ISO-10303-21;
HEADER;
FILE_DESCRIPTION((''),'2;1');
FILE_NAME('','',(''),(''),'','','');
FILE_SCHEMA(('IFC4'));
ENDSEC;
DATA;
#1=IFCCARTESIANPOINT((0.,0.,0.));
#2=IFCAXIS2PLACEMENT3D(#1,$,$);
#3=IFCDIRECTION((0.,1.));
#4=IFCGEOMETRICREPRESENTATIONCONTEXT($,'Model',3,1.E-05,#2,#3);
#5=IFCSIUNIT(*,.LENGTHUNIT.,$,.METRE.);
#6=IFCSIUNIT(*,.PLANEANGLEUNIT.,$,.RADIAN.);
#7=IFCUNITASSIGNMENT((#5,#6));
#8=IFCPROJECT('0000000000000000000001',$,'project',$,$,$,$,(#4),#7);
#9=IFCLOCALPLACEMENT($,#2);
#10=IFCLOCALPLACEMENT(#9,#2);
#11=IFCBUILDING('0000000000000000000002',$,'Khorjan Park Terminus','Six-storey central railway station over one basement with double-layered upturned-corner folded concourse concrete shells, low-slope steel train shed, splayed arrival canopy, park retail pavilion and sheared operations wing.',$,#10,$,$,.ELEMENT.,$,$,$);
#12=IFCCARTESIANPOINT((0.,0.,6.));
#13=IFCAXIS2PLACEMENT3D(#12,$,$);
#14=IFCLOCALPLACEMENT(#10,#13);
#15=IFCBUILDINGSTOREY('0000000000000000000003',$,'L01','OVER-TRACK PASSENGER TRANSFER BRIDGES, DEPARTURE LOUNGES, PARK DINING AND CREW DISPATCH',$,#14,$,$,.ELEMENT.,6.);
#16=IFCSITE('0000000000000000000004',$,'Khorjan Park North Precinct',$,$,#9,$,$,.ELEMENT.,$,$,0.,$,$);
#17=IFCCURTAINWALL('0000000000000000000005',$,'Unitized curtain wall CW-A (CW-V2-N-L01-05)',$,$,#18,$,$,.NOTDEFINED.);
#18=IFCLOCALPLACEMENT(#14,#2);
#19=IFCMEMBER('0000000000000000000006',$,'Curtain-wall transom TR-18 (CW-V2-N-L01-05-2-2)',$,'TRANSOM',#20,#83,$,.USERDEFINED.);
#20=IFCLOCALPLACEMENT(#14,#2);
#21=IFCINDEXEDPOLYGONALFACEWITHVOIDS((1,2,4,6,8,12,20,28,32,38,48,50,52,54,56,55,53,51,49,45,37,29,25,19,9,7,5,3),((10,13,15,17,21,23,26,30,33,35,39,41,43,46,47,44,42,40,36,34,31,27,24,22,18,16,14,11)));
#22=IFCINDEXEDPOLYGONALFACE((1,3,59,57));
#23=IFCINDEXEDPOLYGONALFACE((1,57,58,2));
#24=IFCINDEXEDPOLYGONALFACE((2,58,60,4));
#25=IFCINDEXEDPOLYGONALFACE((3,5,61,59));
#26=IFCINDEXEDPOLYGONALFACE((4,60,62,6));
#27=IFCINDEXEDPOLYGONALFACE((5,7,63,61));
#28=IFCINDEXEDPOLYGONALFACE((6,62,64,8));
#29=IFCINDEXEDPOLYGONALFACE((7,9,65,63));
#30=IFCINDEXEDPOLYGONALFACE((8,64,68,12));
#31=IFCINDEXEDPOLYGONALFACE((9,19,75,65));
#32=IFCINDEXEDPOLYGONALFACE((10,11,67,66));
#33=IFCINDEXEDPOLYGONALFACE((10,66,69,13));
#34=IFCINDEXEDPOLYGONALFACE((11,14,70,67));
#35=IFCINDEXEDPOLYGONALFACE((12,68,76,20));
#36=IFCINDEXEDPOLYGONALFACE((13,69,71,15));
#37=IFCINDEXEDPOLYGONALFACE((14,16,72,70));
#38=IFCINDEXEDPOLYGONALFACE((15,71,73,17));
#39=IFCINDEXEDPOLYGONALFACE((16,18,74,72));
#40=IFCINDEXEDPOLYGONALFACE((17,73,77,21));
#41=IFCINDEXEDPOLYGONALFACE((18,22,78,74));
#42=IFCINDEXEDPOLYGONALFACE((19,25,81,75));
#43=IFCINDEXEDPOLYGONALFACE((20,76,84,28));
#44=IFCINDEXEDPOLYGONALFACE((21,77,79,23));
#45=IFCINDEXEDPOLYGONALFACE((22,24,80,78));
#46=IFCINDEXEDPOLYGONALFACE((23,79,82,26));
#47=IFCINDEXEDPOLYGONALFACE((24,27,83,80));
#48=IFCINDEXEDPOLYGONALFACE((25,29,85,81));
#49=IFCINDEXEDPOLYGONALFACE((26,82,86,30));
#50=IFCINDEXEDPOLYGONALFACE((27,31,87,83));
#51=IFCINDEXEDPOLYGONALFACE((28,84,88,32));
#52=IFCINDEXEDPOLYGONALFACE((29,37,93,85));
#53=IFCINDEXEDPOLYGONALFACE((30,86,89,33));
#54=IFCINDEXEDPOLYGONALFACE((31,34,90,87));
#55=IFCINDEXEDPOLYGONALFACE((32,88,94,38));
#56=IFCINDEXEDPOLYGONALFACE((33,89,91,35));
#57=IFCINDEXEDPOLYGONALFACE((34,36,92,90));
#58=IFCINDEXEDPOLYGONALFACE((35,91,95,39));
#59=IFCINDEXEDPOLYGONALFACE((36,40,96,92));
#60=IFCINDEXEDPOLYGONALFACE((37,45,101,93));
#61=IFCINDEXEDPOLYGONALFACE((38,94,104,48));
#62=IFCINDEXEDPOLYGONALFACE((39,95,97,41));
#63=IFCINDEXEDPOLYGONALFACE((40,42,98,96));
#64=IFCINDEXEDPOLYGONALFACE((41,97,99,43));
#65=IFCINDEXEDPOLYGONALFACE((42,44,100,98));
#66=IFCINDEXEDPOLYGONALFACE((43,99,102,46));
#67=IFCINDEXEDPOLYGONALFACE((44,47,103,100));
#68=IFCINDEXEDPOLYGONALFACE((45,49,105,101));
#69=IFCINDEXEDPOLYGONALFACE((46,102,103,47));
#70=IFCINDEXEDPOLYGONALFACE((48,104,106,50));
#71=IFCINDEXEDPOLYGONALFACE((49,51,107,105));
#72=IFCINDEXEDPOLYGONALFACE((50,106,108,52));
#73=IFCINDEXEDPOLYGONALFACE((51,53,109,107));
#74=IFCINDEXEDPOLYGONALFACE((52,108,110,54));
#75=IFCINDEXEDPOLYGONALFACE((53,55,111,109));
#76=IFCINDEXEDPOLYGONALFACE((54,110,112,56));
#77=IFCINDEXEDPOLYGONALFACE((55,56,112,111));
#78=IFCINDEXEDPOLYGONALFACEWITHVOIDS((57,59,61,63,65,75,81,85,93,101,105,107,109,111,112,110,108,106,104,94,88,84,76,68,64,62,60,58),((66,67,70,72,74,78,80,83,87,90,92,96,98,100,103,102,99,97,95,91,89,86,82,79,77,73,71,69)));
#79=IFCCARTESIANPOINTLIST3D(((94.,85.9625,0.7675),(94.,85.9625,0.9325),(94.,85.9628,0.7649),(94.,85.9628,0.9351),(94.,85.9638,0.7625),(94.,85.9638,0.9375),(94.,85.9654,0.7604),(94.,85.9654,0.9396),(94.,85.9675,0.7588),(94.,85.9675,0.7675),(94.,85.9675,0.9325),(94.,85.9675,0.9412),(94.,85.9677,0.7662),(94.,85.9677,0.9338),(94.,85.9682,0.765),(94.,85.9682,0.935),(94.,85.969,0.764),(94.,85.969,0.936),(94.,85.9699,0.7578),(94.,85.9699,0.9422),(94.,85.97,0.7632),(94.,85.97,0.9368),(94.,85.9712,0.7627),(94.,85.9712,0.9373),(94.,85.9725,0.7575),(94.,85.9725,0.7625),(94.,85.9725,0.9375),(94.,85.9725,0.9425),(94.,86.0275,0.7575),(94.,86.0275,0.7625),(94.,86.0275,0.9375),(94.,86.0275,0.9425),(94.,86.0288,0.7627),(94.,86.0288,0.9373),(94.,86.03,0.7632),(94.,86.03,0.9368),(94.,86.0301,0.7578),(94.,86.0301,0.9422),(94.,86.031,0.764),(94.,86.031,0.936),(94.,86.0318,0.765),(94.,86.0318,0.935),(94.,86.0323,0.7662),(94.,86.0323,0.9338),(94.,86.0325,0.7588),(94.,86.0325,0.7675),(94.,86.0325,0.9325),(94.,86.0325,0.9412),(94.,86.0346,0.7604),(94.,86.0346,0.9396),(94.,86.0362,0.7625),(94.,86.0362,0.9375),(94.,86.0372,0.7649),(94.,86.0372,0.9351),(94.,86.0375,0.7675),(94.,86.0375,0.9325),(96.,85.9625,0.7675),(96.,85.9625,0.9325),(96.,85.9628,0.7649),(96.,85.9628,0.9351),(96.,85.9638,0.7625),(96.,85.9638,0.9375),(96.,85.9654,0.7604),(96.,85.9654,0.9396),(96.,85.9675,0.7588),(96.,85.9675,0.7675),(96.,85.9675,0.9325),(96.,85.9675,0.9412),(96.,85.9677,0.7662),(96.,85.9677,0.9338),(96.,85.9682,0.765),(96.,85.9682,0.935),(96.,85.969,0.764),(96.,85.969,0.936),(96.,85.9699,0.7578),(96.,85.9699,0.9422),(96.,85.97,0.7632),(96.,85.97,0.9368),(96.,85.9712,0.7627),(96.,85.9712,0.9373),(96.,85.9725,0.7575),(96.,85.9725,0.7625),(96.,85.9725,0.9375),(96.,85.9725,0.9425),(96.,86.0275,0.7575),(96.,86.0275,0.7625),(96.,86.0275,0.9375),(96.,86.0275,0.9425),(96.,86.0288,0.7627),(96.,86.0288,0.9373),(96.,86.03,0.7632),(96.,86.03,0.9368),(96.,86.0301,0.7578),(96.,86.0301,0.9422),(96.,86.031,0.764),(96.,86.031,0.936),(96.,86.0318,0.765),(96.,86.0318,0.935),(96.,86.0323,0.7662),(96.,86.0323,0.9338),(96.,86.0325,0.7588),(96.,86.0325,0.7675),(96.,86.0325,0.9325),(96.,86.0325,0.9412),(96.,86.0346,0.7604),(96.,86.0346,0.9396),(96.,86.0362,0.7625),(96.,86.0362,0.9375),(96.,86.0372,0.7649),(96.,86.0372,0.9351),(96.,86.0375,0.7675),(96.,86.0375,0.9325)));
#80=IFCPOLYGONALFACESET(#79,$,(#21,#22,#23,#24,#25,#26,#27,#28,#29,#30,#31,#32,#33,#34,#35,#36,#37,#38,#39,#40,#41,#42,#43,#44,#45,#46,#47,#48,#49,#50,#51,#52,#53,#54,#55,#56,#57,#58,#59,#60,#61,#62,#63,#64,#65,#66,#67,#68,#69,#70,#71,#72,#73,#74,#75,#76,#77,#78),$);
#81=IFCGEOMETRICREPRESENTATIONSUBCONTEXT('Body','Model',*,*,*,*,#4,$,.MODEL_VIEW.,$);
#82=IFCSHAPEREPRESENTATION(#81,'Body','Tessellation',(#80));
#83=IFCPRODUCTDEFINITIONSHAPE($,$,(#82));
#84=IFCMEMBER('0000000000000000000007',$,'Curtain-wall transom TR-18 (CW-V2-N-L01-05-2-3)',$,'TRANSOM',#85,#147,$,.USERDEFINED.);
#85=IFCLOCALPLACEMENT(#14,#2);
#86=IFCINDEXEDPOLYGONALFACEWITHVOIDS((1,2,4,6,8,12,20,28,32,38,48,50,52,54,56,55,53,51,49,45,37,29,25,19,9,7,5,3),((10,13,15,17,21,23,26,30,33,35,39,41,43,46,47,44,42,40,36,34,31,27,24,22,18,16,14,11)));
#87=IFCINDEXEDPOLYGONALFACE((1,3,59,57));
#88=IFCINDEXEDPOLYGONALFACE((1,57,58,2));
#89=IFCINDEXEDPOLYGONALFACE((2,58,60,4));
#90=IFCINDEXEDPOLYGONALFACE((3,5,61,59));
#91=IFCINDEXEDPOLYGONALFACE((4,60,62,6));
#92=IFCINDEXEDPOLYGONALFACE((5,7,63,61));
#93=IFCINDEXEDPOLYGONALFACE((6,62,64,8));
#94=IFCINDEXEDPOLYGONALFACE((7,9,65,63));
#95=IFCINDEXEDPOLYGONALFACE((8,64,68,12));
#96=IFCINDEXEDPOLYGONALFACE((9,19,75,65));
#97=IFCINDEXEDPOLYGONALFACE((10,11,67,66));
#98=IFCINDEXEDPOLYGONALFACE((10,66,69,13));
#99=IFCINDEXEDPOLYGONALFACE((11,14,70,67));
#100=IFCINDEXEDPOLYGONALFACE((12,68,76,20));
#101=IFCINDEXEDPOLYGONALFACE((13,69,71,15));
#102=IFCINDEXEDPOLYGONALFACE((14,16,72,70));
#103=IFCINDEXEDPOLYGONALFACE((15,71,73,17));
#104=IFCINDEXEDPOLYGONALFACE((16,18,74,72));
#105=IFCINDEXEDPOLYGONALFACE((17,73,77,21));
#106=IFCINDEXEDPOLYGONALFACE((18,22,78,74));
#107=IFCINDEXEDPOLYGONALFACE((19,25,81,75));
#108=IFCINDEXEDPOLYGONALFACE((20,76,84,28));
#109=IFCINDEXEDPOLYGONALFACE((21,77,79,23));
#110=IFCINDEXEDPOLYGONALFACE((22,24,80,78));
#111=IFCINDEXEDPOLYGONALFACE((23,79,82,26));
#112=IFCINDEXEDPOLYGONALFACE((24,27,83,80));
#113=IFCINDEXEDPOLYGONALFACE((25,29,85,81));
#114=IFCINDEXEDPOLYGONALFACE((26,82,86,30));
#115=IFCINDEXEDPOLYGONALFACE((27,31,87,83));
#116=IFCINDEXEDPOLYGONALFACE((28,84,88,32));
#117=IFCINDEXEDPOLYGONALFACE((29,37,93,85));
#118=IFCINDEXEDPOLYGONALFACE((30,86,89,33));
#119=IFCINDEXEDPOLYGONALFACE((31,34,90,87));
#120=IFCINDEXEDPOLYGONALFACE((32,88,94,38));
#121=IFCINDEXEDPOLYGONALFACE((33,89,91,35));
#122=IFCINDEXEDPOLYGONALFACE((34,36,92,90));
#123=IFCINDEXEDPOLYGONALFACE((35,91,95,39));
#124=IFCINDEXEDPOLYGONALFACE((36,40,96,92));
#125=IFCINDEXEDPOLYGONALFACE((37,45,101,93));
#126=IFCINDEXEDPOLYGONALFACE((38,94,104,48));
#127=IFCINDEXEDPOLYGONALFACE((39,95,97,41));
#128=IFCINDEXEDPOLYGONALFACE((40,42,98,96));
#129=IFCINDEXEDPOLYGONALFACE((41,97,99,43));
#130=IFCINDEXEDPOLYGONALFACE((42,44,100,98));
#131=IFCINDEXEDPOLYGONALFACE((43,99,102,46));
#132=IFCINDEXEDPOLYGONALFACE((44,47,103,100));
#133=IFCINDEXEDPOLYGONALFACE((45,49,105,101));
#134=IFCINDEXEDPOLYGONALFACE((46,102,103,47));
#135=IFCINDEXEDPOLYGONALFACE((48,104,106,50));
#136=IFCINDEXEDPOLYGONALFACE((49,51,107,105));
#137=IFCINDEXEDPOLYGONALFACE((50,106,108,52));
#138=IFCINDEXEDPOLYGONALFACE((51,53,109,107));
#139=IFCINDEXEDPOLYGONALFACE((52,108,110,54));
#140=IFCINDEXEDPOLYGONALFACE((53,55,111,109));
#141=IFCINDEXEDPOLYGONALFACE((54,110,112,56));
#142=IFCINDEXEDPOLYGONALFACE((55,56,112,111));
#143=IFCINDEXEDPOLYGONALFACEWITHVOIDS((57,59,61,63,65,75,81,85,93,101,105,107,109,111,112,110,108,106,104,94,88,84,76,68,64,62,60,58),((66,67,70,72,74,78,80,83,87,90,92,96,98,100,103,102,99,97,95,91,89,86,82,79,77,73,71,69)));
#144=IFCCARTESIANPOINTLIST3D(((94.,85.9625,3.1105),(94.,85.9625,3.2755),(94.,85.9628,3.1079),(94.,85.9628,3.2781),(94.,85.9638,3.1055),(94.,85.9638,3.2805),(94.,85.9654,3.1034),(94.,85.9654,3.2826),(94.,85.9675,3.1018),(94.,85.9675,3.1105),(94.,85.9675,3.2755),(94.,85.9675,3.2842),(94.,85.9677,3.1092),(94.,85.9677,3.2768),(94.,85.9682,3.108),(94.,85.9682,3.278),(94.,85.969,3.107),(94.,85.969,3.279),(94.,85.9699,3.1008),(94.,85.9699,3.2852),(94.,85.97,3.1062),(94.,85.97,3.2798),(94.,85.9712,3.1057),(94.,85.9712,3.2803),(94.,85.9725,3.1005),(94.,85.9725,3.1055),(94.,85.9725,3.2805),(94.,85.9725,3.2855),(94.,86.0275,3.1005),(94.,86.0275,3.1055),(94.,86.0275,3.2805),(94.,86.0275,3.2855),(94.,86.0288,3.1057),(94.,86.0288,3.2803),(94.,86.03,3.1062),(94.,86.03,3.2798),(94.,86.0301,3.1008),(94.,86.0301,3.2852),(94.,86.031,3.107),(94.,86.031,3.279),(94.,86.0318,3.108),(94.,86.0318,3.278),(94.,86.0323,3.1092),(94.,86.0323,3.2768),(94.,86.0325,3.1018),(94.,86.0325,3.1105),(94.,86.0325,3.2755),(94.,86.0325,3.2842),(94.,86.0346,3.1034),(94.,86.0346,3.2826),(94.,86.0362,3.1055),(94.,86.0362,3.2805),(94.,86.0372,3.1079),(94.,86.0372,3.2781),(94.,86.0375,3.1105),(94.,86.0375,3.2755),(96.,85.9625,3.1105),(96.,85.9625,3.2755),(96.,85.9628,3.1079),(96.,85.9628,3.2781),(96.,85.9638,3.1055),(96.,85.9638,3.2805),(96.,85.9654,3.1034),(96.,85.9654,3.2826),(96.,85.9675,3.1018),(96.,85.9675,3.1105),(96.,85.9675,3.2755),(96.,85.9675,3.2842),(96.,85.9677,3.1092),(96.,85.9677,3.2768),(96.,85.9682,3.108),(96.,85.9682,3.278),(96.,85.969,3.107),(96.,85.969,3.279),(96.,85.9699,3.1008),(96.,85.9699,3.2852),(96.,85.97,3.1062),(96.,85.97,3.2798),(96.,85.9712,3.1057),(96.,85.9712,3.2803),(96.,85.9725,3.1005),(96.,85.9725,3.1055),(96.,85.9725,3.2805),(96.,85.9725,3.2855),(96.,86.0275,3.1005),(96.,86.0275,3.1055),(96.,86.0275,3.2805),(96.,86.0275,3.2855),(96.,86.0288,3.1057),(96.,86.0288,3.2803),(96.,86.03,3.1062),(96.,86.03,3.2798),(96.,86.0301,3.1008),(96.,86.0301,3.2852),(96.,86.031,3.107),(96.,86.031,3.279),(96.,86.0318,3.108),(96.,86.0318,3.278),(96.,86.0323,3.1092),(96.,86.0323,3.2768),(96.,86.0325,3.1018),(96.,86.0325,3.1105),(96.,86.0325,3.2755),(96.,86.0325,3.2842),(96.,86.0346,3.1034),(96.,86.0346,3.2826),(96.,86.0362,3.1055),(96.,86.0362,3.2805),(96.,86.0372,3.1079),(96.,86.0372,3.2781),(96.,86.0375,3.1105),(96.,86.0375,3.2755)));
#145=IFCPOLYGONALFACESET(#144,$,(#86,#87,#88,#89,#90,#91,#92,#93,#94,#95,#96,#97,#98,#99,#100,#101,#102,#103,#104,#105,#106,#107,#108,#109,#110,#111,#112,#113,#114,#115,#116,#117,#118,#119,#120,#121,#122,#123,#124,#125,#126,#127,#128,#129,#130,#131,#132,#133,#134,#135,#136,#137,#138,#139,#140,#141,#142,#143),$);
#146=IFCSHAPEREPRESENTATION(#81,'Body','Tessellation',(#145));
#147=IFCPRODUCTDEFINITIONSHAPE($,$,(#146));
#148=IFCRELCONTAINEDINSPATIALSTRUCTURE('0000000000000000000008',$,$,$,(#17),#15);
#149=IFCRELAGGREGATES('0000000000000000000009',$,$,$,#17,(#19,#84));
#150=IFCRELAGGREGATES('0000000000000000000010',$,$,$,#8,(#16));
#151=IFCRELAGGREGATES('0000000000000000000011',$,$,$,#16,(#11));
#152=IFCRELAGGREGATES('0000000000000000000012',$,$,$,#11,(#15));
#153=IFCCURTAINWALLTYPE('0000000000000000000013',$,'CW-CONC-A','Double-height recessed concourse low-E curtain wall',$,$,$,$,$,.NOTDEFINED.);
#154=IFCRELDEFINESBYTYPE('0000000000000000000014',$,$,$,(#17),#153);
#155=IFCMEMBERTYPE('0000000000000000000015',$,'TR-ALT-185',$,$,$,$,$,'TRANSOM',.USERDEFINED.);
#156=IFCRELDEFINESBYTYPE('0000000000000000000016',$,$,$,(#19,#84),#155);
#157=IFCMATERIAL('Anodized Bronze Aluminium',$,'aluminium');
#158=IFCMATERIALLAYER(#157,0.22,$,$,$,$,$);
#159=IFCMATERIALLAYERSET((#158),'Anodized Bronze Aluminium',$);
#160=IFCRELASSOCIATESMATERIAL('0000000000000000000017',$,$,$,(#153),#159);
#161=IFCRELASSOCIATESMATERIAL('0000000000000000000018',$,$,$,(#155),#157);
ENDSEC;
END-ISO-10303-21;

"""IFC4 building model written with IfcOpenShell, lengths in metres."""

from ifc_helpers import new_model, si_unit, direction, frame, origin, origin_2d, place, context, subcontext, project, spatial, hollow_rectangle, extrude, material, layer, layer_set, material_profile, profile_set, type_object, element, aggregate, save


model = new_model("IFC4")

# Units and contexts
model_context = context("Model", 3, precision=1e-05, world=origin(), true_north=direction((0.0, 1.0)))
body_context = subcontext(model_context, "Body", "Model", "MODEL_VIEW")
ifc_project = project(units=[si_unit("LENGTHUNIT", "METRE"), si_unit("PLANEANGLEUNIT", "RADIAN")], contexts=[model_context])

# Site, building, storey
site_placement = place(None, origin())
site = spatial("IfcSite", under=ifc_project, at=site_placement, Name="Khorjan Park North Precinct", CompositionType="ELEMENT", RefElevation=0.0)
building_placement = place(site_placement, origin())
building = spatial("IfcBuilding", under=site, at=building_placement, Name="Khorjan Park Terminus", Description="Six-storey central railway station over one basement with double-layered upturned-corner folded concourse concrete shells, low-slope steel train shed, splayed arrival canopy, park retail pavilion and sheared operations wing.", CompositionType="ELEMENT")
storey_placement = place(building_placement, frame((0.0, 0.0, 6.0)))
storey = spatial("IfcBuildingStorey", under=building, at=storey_placement, Name="L01", Description="OVER-TRACK PASSENGER TRANSFER BRIDGES, DEPARTURE LOUNGES, PARK DINING AND CREW DISPATCH", CompositionType="ELEMENT", Elevation=6.0)

# Curtain wall
ifc_material_1 = material(Name="Anodized Bronze Aluminium", Category="aluminium")
ifc_layer_1 = layer(ifc_material_1, 0.22)
ifc_layer_set_1 = layer_set([ifc_layer_1], Name="Anodized Bronze Aluminium")
curtain_wall_type = type_object("IfcCurtainWallType", Name="CW-CONC-A", Description="Double-height recessed concourse low-E curtain wall", PredefinedType="NOTDEFINED", material=ifc_layer_set_1)
curtain_wall_1_placement = place(storey_placement, origin())
curtain_wall_1 = element("IfcCurtainWall", 1, at=curtain_wall_1_placement, inside=storey, type_object=curtain_wall_type, Name="Unitized curtain wall CW-A (CW-V2-N-L01-05)", PredefinedType="NOTDEFINED")
ifc_material_profile_1 = material_profile(ifc_material_1, hollow_rectangle(XDim=0.075, YDim=0.185, WallThickness=0.005, InnerFilletRadius=0.005, OuterFilletRadius=0.01, at=origin_2d()), Name="ALT 75x185x5")
ifc_profile_set_1 = profile_set([ifc_material_profile_1], Name="Anodized Bronze Aluminium")
member_type_1 = type_object("IfcMemberType", Name="TR-ALT-185", ElementType="TRANSOM", PredefinedType="USERDEFINED", material=ifc_profile_set_1)

# Members
member_1_placement = place(storey_placement, frame((96.0, 86.0, 0.85), z_axis=(-1.0, 0.0, 0.0), x_axis=(0.0, -1.0, 0.0)))
member_1 = element("IfcMember", 2, at=member_1_placement, type_object=member_type_1, Name="Curtain-wall transom TR-18 (CW-V2-N-L01-05-2-2)", ObjectType="TRANSOM", PredefinedType="USERDEFINED", context=body_context, shape_type="SweptSolid", body=[
    extrude(hollow_rectangle(XDim=0.075, YDim=0.185, WallThickness=0.005, InnerFilletRadius=0.005, OuterFilletRadius=0.01, at=origin_2d()), origin(), (0.0, 0.0, 1.0), 2.0),
])
member_2_placement = place(storey_placement, frame((96.0, 86.0, 3.193), z_axis=(-1.0, 0.0, 0.0), x_axis=(0.0, -1.0, 0.0)))
member_2 = element("IfcMember", 3, at=member_2_placement, type_object=member_type_1, Name="Curtain-wall transom TR-18 (CW-V2-N-L01-05-2-3)", ObjectType="TRANSOM", PredefinedType="USERDEFINED", context=body_context, shape_type="SweptSolid", body=[
    extrude(hollow_rectangle(XDim=0.075, YDim=0.185, WallThickness=0.005, InnerFilletRadius=0.005, OuterFilletRadius=0.01, at=origin_2d()), origin(), (0.0, 0.0, 1.0), 2.0),
])

aggregate(curtain_wall_1, [member_1, member_2])

save(model, "model.ifc")
